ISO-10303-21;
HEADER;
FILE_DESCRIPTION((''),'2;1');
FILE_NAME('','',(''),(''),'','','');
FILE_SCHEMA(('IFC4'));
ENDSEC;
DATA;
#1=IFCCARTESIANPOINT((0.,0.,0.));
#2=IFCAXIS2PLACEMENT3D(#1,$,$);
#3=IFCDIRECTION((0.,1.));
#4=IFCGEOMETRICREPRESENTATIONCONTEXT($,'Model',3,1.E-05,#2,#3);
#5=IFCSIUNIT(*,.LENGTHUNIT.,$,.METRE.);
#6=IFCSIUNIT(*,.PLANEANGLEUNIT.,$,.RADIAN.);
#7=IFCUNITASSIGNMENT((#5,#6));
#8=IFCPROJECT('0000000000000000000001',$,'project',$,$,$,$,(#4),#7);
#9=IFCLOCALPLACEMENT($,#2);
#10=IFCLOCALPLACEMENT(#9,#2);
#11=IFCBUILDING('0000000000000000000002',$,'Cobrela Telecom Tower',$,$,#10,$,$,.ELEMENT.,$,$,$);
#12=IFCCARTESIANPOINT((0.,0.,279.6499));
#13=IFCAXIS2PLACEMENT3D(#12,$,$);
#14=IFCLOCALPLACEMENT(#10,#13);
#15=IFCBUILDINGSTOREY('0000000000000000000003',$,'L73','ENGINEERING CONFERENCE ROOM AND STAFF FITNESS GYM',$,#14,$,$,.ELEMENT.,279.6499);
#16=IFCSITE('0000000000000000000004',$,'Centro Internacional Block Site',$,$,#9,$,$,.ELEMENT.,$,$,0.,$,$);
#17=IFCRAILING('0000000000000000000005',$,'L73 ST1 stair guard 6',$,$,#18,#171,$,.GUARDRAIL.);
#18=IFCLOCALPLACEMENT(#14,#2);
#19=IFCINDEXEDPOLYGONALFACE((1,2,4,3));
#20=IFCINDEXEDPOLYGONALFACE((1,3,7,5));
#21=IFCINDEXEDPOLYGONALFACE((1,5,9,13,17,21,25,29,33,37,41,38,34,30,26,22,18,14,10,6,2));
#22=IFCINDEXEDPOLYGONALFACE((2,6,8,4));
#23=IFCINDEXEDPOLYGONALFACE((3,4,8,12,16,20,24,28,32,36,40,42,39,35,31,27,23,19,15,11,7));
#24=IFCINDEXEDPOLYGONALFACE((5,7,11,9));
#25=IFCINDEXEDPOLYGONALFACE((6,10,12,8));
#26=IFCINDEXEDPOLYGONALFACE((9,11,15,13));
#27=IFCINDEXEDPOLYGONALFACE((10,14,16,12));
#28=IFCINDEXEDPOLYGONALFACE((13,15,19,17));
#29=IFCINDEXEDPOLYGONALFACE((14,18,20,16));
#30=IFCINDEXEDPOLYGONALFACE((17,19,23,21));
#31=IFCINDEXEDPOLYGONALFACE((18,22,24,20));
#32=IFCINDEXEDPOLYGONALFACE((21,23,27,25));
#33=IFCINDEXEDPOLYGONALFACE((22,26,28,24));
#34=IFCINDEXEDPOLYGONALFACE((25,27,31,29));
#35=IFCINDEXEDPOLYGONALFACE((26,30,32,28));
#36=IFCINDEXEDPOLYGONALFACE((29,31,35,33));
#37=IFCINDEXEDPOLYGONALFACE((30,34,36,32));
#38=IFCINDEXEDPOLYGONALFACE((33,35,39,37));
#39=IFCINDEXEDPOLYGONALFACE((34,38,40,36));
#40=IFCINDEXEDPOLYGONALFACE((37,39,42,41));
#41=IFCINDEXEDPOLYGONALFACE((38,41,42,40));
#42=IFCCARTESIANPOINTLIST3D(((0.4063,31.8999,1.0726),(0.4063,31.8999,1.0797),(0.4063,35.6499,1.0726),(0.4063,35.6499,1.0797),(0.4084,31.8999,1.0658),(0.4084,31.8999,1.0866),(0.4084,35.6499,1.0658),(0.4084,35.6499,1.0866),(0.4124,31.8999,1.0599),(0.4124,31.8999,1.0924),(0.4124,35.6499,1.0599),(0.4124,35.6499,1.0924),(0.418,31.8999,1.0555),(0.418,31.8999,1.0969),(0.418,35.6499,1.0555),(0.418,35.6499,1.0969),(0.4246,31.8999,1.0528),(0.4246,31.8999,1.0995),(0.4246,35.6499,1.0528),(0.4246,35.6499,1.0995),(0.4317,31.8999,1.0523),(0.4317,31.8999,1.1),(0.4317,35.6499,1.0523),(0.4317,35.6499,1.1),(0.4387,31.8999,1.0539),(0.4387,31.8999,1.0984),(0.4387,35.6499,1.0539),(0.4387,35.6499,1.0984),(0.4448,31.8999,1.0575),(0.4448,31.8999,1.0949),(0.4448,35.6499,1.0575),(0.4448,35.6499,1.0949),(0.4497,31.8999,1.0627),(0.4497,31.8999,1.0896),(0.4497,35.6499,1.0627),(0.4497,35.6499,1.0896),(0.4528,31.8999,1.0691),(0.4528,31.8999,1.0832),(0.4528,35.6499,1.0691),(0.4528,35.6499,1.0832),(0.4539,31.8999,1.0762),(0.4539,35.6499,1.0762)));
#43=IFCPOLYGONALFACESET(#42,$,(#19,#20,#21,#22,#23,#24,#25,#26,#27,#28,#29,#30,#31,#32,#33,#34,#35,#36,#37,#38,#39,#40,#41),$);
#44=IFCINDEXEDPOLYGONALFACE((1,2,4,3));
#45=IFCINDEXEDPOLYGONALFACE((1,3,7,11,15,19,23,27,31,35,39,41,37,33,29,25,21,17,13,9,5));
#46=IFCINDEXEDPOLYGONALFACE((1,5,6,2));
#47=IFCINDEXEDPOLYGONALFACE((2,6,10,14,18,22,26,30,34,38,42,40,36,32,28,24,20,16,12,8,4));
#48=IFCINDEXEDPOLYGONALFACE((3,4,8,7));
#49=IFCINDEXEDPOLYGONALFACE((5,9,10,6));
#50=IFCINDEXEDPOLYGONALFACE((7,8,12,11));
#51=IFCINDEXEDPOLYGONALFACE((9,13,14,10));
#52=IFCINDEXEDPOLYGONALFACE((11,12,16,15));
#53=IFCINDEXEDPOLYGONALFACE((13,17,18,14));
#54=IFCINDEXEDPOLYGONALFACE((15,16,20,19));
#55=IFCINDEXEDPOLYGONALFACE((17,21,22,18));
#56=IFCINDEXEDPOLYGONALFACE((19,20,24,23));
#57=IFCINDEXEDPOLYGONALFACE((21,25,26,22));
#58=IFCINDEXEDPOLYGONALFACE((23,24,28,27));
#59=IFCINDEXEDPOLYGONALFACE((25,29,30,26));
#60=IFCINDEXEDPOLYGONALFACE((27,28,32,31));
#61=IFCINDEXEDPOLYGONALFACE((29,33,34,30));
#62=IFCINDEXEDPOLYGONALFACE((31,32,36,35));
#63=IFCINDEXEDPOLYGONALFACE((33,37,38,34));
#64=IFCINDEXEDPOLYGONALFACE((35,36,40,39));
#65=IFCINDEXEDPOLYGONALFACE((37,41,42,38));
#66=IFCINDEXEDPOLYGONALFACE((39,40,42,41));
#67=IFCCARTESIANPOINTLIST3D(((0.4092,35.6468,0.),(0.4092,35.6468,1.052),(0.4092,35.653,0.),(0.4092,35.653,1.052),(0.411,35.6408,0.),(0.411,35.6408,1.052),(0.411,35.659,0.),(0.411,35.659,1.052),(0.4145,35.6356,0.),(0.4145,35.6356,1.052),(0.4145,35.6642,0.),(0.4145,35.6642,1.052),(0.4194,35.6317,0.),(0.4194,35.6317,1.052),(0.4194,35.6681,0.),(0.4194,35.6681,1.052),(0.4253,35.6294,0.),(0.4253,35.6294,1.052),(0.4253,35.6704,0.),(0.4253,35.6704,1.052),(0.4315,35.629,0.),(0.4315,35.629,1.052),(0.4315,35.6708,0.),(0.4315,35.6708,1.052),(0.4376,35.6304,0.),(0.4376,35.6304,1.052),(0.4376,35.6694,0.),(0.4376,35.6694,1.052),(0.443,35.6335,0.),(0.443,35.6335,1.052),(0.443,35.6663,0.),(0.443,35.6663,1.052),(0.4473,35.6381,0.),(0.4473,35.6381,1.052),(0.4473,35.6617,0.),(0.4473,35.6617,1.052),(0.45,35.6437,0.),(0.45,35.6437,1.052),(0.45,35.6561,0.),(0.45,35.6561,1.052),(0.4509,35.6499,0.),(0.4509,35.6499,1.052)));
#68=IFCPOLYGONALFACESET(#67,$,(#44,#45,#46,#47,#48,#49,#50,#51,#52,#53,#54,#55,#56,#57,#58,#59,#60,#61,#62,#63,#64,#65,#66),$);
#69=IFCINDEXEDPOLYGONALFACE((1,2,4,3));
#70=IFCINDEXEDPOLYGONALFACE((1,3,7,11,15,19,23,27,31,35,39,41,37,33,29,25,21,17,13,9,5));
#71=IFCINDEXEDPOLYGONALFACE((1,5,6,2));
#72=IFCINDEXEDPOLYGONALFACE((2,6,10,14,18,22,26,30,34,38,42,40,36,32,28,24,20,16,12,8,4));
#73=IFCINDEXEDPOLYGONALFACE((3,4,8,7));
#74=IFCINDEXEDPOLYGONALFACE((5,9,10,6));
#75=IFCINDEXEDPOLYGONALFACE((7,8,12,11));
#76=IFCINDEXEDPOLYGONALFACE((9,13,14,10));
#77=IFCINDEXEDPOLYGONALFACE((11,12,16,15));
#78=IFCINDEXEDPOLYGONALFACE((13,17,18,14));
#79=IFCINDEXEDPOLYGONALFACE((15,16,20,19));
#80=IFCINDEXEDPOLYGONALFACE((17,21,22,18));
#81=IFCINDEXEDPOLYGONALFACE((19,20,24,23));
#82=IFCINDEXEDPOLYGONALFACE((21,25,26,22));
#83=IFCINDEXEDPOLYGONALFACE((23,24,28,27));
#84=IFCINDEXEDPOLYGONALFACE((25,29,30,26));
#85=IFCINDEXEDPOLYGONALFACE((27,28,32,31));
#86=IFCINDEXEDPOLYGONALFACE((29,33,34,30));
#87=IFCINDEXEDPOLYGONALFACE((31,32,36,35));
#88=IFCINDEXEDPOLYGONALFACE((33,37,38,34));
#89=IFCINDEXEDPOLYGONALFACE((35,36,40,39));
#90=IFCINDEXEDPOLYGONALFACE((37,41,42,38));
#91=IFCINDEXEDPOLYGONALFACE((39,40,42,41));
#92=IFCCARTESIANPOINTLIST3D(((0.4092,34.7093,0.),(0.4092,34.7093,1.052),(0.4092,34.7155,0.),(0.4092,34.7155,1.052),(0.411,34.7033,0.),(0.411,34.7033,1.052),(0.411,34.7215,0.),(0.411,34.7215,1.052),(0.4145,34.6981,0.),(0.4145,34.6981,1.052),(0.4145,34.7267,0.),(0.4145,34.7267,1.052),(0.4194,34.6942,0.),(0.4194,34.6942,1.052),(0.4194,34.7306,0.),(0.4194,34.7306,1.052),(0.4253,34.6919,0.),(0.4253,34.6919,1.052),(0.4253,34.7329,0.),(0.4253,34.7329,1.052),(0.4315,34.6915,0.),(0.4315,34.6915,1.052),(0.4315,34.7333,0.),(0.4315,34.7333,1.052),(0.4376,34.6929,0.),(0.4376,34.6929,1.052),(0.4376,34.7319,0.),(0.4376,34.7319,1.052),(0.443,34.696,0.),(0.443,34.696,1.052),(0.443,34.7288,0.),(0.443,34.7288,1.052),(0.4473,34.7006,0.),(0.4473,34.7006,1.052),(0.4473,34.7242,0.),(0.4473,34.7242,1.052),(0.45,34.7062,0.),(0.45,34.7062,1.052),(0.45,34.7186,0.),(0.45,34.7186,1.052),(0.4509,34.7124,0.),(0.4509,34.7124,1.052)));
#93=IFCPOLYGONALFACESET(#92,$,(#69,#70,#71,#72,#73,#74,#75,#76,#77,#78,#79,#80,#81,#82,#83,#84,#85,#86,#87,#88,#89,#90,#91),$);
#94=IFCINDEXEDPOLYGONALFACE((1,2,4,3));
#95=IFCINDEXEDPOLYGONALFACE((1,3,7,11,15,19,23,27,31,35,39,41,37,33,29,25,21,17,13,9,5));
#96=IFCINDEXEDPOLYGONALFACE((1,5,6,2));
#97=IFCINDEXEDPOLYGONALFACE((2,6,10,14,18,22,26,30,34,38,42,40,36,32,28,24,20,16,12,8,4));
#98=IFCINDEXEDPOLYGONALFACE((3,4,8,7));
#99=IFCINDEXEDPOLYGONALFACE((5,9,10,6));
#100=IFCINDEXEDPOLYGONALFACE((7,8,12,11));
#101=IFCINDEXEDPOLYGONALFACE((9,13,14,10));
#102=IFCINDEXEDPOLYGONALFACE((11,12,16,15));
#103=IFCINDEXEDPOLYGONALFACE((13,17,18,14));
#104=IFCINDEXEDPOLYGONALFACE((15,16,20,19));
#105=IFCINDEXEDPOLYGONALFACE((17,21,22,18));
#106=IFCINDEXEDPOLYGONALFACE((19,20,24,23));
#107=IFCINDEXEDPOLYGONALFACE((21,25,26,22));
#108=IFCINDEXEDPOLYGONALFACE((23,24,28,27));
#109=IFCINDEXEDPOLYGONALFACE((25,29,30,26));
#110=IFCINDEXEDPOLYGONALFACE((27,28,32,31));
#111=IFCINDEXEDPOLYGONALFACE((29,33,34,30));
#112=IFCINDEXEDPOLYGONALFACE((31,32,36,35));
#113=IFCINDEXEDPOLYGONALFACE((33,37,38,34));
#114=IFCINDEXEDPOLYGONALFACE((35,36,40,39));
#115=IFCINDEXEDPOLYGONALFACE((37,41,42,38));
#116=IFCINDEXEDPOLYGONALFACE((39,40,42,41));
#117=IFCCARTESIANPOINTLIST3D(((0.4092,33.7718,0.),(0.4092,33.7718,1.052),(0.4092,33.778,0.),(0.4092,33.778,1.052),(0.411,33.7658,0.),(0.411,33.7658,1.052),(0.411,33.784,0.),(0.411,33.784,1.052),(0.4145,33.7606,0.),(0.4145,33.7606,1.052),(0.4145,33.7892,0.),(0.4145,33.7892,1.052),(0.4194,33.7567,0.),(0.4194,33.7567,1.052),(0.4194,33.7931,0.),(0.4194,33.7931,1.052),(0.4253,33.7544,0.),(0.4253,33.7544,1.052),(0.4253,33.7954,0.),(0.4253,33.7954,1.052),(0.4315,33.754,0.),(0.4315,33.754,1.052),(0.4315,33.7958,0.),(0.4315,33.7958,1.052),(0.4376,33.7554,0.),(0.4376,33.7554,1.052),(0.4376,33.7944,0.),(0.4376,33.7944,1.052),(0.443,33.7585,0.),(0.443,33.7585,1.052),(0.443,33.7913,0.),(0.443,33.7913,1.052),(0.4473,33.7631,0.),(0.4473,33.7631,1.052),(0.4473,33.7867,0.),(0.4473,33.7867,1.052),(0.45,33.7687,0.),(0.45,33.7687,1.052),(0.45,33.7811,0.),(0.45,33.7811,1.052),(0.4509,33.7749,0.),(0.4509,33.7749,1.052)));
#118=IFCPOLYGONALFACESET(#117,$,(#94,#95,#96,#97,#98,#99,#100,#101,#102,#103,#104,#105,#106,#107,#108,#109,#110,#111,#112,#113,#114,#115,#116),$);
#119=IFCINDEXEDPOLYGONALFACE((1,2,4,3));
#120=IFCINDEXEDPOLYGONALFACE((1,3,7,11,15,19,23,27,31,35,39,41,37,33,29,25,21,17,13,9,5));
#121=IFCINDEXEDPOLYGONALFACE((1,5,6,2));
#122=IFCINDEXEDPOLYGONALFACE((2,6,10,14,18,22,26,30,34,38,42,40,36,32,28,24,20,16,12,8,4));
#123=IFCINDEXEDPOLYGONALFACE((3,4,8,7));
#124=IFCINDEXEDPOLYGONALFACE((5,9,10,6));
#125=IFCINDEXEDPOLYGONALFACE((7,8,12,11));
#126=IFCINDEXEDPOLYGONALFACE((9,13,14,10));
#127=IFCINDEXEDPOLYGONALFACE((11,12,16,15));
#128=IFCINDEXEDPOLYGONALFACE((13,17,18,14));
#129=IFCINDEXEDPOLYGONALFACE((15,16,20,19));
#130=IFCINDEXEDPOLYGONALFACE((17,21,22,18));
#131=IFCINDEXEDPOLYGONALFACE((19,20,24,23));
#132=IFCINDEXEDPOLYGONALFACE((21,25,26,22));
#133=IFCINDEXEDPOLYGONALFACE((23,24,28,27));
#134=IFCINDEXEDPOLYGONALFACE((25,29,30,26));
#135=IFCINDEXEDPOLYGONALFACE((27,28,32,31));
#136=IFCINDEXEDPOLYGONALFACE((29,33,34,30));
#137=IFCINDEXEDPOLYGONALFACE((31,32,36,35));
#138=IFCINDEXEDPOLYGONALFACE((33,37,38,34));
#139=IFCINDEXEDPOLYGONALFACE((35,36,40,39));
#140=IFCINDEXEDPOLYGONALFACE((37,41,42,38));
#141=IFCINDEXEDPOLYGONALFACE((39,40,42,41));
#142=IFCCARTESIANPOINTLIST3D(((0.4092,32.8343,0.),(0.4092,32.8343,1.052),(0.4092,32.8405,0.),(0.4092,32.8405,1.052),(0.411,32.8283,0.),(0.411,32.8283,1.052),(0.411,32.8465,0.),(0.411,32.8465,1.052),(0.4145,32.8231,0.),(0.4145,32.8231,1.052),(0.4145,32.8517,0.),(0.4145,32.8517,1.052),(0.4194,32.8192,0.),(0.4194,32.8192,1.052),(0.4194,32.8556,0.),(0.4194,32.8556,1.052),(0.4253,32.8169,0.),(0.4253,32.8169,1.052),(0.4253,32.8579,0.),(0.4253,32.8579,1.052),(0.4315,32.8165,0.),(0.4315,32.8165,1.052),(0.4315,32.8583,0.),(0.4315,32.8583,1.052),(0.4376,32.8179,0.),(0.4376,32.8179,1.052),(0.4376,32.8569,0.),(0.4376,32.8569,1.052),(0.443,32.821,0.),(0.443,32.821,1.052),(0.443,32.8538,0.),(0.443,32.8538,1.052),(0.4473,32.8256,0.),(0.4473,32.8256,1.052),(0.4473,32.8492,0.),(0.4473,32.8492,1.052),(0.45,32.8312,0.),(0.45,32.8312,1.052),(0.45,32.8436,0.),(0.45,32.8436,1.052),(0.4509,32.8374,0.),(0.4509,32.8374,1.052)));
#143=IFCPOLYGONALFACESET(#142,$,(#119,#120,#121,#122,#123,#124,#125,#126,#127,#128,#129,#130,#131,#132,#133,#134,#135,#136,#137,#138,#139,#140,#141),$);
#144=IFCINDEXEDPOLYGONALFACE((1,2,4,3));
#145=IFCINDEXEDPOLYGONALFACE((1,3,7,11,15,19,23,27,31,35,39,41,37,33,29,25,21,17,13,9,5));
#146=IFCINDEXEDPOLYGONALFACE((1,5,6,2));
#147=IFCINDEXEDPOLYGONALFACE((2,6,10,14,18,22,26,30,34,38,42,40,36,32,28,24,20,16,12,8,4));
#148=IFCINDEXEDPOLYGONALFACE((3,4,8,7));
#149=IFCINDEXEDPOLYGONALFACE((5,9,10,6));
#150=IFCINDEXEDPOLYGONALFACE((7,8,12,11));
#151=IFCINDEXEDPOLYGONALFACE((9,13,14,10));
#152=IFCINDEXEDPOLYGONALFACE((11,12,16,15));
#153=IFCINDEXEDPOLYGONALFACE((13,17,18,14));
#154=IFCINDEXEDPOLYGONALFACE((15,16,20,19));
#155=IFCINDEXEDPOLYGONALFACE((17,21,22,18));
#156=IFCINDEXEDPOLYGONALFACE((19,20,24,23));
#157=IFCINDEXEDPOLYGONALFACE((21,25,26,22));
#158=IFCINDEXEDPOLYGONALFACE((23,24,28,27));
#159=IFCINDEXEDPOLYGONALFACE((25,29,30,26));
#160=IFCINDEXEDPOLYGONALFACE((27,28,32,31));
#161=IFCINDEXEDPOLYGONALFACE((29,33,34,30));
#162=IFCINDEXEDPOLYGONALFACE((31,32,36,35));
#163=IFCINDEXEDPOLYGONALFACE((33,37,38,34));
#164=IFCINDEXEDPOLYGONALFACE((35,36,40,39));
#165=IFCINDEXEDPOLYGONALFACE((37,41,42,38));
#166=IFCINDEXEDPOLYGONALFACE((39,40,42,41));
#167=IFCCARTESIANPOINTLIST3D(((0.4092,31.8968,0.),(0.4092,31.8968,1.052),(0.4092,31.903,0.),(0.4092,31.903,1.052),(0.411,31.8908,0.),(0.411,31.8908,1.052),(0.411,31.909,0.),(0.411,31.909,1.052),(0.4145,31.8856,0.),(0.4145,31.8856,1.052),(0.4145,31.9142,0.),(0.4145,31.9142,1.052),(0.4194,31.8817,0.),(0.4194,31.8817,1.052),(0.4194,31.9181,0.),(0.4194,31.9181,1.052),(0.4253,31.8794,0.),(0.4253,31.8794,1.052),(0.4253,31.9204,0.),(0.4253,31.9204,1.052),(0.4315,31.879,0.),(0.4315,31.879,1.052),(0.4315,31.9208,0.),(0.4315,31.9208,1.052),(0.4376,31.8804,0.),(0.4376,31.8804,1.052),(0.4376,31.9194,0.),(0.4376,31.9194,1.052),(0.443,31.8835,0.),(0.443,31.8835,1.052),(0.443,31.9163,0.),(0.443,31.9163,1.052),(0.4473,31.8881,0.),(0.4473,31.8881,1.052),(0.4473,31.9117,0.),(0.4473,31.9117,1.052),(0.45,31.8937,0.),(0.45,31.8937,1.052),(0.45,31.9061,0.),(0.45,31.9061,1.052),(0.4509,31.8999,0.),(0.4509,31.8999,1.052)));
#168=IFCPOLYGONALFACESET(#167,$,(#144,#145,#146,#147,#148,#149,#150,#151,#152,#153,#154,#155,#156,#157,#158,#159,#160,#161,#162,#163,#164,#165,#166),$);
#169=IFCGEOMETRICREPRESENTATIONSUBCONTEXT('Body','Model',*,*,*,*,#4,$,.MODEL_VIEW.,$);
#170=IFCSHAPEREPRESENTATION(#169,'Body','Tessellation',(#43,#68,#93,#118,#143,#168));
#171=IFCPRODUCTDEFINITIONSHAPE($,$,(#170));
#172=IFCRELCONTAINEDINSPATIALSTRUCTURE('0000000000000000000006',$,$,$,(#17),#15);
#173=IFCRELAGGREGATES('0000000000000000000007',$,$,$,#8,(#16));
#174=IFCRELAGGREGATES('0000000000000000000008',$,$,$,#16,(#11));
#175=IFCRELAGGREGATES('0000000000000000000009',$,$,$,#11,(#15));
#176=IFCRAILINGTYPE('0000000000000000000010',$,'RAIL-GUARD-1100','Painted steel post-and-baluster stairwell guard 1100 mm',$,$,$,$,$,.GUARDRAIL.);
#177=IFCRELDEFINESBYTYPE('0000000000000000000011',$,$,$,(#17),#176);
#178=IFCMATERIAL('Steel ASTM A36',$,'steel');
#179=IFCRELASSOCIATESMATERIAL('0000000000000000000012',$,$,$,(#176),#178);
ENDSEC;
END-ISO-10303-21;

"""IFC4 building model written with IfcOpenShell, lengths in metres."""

from ifc_helpers import new_model, si_unit, direction, frame, origin, origin_2d, place, context, subcontext, project, spatial, circle, extrude, material, type_object, element, save


model = new_model("IFC4")

# Units and contexts
model_context = context("Model", 3, precision=1e-05, world=origin(), true_north=direction((0.0, 1.0)))
body_context = subcontext(model_context, "Body", "Model", "MODEL_VIEW")
ifc_project = project(units=[si_unit("LENGTHUNIT", "METRE"), si_unit("PLANEANGLEUNIT", "RADIAN")], contexts=[model_context])

# Site, building, storey
site_placement = place(None, origin())
site = spatial("IfcSite", under=ifc_project, at=site_placement, Name="Centro Internacional Block Site", CompositionType="ELEMENT", RefElevation=0.0)
building_placement = place(site_placement, origin())
building = spatial("IfcBuilding", under=site, at=building_placement, Name="Cobrela Telecom Tower", CompositionType="ELEMENT")
storey_placement = place(building_placement, frame((0.0, 0.0, 279.6499)))
storey = spatial("IfcBuildingStorey", under=building, at=storey_placement, Name="L73", Description="ENGINEERING CONFERENCE ROOM AND STAFF FITNESS GYM", CompositionType="ELEMENT", Elevation=279.6499)

# Shared definitions
ifc_material_1 = material(Name="Steel ASTM A36", Category="steel")

# Railing
railing_type_1 = type_object("IfcRailingType", Name="RAIL-GUARD-1100", Description="Painted steel post-and-baluster stairwell guard 1100 mm", PredefinedType="GUARDRAIL", material=ifc_material_1)
railing_1_placement = place(storey_placement, frame((0.4299, 35.6499, 0.0)))
element("IfcRailing", 1, at=railing_1_placement, inside=storey, type_object=railing_type_1, Name="L73 ST1 stair guard 6", PredefinedType="GUARDRAIL", context=body_context, shape_type="SweptSolid", body=[
    extrude(circle(Radius=0.0239, at=origin_2d()), frame((0.0, 0.0, 1.0762), z_axis=(0.0, -1.0, 0.0), x_axis=(1.0, 0.0, 0.0)), (0.0, 0.0, 1.0), 3.75),
    extrude(circle(Radius=0.021, at=origin_2d()), origin(), (0.0, 0.0, 1.0), 1.052),
    extrude(circle(Radius=0.021, at=origin_2d()), frame((0.0, -0.9375, 0.0)), (0.0, 0.0, 1.0), 1.052),
    extrude(circle(Radius=0.021, at=origin_2d()), frame((0.0, -1.875, 0.0)), (0.0, 0.0, 1.0), 1.052),
    extrude(circle(Radius=0.021, at=origin_2d()), frame((0.0, -2.8125, 0.0)), (0.0, 0.0, 1.0), 1.052),
    extrude(circle(Radius=0.021, at=origin_2d()), frame((0.0, -3.75, 0.0)), (0.0, 0.0, 1.0), 1.052),
])

save(model, "model.ifc")
